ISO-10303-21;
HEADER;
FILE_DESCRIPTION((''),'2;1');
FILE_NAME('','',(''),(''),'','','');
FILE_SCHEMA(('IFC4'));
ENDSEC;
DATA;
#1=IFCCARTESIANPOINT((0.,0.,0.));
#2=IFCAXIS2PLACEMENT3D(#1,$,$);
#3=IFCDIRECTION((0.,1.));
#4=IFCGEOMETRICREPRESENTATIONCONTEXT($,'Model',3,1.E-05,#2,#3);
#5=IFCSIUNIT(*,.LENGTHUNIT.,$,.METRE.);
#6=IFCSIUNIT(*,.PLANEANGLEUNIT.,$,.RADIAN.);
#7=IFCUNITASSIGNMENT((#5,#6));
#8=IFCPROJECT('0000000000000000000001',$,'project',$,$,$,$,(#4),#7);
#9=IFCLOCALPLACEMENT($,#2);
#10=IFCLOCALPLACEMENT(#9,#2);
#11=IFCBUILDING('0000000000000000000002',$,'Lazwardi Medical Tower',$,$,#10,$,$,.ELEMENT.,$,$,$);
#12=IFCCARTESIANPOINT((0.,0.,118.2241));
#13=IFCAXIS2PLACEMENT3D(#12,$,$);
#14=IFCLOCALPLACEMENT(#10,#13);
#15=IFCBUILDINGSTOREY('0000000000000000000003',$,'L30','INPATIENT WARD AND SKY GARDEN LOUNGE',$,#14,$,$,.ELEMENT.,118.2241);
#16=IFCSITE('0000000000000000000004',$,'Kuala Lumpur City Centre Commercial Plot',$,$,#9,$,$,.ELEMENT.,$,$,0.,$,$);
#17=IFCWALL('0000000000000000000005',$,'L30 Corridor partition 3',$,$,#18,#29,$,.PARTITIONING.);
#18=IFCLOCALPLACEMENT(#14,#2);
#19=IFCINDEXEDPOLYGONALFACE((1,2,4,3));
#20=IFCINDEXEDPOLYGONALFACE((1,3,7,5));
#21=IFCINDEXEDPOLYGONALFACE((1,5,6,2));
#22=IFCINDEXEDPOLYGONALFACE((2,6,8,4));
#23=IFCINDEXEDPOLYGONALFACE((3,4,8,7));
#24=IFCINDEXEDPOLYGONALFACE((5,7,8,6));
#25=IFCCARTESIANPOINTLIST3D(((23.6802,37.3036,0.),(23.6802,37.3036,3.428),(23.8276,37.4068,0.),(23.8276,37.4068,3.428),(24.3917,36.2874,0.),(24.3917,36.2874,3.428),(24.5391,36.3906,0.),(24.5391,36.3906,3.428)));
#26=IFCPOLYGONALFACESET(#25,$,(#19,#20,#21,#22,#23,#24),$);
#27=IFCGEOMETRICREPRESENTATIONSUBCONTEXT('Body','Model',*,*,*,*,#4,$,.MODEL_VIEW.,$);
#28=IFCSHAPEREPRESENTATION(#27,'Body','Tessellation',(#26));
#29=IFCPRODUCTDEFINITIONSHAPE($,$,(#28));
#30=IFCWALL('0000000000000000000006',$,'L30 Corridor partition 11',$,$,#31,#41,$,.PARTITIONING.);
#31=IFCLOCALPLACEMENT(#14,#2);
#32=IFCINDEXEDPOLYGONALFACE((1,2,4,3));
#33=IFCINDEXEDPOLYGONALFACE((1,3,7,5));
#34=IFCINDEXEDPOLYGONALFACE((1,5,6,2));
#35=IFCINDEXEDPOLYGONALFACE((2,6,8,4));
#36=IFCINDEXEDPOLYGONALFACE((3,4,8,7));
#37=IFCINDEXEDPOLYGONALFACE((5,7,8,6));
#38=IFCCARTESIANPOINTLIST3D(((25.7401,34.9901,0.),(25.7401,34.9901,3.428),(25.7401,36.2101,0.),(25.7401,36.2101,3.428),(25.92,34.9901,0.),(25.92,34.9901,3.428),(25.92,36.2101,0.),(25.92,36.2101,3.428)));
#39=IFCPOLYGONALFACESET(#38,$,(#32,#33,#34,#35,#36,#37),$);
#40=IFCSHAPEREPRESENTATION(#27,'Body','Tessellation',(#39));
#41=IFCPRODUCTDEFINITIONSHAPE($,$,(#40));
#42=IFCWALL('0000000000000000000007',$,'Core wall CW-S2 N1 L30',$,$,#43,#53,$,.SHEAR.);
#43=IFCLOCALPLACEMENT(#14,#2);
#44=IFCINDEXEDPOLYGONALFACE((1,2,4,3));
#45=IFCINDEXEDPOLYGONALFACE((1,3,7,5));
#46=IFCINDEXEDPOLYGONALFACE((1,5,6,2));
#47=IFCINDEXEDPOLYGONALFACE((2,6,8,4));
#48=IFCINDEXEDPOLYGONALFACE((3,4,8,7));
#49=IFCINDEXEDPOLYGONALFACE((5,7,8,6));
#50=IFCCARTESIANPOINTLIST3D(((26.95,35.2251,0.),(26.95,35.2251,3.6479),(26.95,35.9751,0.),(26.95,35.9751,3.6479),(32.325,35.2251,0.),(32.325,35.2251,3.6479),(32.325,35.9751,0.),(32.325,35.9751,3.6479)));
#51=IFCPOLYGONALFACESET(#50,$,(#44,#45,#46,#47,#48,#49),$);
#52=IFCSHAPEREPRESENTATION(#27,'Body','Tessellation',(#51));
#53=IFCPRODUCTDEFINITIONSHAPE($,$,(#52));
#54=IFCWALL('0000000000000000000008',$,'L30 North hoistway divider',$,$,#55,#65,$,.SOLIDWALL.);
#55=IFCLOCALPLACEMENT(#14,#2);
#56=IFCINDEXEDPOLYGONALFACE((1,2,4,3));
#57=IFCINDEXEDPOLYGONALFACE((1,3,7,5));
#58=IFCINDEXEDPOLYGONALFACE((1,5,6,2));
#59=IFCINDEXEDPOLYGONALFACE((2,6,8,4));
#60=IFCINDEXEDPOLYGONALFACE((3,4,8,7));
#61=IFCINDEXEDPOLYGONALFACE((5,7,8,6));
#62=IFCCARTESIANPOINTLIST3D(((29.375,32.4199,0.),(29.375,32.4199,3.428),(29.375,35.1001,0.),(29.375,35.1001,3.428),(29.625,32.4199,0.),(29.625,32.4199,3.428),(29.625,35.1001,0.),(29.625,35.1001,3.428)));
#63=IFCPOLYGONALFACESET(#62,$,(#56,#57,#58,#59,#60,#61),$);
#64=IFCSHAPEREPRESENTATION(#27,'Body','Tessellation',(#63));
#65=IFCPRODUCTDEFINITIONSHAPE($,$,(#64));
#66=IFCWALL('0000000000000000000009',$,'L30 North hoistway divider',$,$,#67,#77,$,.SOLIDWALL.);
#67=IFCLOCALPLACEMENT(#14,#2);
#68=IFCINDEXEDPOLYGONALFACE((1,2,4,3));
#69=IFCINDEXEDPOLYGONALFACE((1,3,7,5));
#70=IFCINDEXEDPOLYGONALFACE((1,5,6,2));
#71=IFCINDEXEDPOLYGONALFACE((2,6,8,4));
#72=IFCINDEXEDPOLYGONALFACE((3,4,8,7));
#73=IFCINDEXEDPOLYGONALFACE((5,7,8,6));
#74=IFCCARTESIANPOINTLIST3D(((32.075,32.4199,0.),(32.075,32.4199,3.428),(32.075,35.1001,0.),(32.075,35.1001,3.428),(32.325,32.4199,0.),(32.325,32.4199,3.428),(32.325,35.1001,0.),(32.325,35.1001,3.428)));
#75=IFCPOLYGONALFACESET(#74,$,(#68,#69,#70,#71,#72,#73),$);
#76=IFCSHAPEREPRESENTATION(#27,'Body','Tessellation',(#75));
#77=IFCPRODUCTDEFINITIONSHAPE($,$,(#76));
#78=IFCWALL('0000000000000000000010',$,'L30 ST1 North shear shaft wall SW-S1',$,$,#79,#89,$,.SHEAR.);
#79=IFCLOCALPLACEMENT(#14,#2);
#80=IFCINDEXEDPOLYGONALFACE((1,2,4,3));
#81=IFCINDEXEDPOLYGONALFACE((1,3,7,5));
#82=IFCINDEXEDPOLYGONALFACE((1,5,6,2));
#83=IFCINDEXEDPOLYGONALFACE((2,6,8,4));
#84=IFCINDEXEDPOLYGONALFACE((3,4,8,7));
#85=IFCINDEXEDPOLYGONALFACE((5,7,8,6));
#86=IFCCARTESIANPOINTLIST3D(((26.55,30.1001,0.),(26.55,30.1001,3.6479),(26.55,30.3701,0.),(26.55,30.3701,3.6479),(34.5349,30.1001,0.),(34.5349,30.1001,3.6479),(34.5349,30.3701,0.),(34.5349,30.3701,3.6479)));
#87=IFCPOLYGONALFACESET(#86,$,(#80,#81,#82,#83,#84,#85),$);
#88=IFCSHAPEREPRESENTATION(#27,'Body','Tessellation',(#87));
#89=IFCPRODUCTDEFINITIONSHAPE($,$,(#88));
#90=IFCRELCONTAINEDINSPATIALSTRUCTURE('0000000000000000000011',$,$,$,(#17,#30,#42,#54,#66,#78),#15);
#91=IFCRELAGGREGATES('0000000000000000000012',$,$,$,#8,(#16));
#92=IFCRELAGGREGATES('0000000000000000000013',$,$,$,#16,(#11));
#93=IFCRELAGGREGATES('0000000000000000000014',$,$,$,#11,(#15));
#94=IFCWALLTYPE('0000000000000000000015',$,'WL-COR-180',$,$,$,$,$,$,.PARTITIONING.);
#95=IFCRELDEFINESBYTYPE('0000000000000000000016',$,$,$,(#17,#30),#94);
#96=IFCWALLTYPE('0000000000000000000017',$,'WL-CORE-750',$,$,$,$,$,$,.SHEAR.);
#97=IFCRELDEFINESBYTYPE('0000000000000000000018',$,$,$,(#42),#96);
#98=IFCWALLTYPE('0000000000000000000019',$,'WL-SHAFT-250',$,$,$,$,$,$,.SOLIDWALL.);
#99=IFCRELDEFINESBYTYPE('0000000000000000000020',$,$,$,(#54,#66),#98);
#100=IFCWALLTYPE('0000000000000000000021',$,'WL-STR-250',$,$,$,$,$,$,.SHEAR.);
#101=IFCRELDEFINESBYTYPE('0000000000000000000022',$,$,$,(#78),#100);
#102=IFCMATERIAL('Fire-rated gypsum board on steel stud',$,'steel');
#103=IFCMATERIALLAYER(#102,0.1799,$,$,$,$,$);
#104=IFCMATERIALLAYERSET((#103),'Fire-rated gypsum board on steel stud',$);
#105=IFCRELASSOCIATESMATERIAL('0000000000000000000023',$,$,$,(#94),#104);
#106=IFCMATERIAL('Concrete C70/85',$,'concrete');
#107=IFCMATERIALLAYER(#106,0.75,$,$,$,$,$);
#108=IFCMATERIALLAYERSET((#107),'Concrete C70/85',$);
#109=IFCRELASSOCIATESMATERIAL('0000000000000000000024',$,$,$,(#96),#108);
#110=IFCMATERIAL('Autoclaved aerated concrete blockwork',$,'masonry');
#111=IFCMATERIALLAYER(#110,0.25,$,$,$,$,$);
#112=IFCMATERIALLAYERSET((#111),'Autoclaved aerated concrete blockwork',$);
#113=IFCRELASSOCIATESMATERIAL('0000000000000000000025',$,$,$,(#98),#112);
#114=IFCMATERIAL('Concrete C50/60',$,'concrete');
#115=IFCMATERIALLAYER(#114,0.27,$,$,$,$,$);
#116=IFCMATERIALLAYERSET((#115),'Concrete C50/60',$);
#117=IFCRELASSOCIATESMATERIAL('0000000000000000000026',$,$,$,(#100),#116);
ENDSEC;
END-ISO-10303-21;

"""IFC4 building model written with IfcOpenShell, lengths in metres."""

from ifc_helpers import new_model, si_unit, direction, frame, frame_2d, origin, place, context, subcontext, project, spatial, rectangle, extrude, material, layer, layer_set, type_object, element, save


model = new_model("IFC4")

# Units and contexts
model_context = context("Model", 3, precision=1e-05, world=origin(), true_north=direction((0.0, 1.0)))
body_context = subcontext(model_context, "Body", "Model", "MODEL_VIEW")
ifc_project = project(units=[si_unit("LENGTHUNIT", "METRE"), si_unit("PLANEANGLEUNIT", "RADIAN")], contexts=[model_context])

# Site, building, storey
site_placement = place(None, origin())
site = spatial("IfcSite", under=ifc_project, at=site_placement, Name="Kuala Lumpur City Centre Commercial Plot", CompositionType="ELEMENT", RefElevation=0.0)
building_placement = place(site_placement, origin())
building = spatial("IfcBuilding", under=site, at=building_placement, Name="Lazwardi Medical Tower", CompositionType="ELEMENT")
storey_placement = place(building_placement, frame((0.0, 0.0, 118.2241)))
storey = spatial("IfcBuildingStorey", under=building, at=storey_placement, Name="L30", Description="INPATIENT WARD AND SKY GARDEN LOUNGE", CompositionType="ELEMENT", Elevation=118.2241)

# Shared definitions
ifc_material_1 = material(Name="Concrete C70/85", Category="concrete")

# Walls
ifc_material_2 = material(Name="Fire-rated gypsum board on steel stud", Category="steel")
ifc_layer_1 = layer(ifc_material_2, 0.1799)
ifc_layer_set_1 = layer_set([ifc_layer_1], Name="Fire-rated gypsum board on steel stud")
wall_type_1 = type_object("IfcWallType", Name="WL-COR-180", PredefinedType="PARTITIONING", material=ifc_layer_set_1)
wall_1_placement = place(storey_placement, frame((24.4653, 36.3391, 0.0), z_axis=(0.0, 0.0, 1.0), x_axis=(-0.573542, 0.819176, 0.0)))
element("IfcWall", 1, at=wall_1_placement, inside=storey, type_object=wall_type_1, Name="L30 Corridor partition 3", PredefinedType="PARTITIONING", context=body_context, shape_type="SweptSolid", body=[
    extrude(rectangle(XDim=1.2405, YDim=0.1799, at=frame_2d((0.6201, 0.0))), origin(), (0.0, 0.0, 1.0), 3.428),
])
wall_2_placement = place(storey_placement, frame((25.8301, 36.21, 0.0), z_axis=(0.0, 0.0, 1.0), x_axis=(0.0, -1.0, 0.0)))
element("IfcWall", 2, at=wall_2_placement, inside=storey, type_object=wall_type_1, Name="L30 Corridor partition 11", PredefinedType="PARTITIONING", context=body_context, shape_type="SweptSolid", body=[
    extrude(rectangle(XDim=1.22, YDim=0.1799, at=frame_2d((0.6099, 0.0))), origin(), (0.0, 0.0, 1.0), 3.428),
])
ifc_layer_2 = layer(ifc_material_1, 0.75)
ifc_layer_set_2 = layer_set([ifc_layer_2], Name="Concrete C70/85")
wall_type_2 = type_object("IfcWallType", Name="WL-CORE-750", PredefinedType="SHEAR", material=ifc_layer_set_2)
wall_3_placement = place(storey_placement, frame((26.95, 35.6001, 0.0), z_axis=(0.0, 0.0, 1.0), x_axis=(1.0, 0.0, 0.0)))
element("IfcWall", 3, at=wall_3_placement, inside=storey, type_object=wall_type_2, Name="Core wall CW-S2 N1 L30", PredefinedType="SHEAR", context=body_context, shape_type="SweptSolid", body=[
    extrude(rectangle(XDim=5.375, YDim=0.75, at=frame_2d((2.6875, 0.0))), origin(), (0.0, 0.0, 1.0), 3.6479),
])
ifc_material_3 = material(Name="Autoclaved aerated concrete blockwork", Category="masonry")
ifc_layer_3 = layer(ifc_material_3, 0.25)
ifc_layer_set_3 = layer_set([ifc_layer_3], Name="Autoclaved aerated concrete blockwork")
wall_type_3 = type_object("IfcWallType", Name="WL-SHAFT-250", PredefinedType="SOLIDWALL", material=ifc_layer_set_3)
for number, where, z_axis, x_axis, name in (
    (4, (29.5, 32.4199, 0.0), (0.0, 0.0, 1.0), (0.0, 1.0, 0.0), "L30 North hoistway divider"),
    (5, (32.2, 32.4199, 0.0), (0.0, 0.0, 1.0), (0.0, 1.0, 0.0), "L30 North hoistway divider"),
):
    element("IfcWall", number, at=place(storey_placement, frame(where, z_axis=z_axis, x_axis=x_axis)), inside=storey, type_object=wall_type_3, Name=name, PredefinedType="SOLIDWALL", context=body_context, shape_type="SweptSolid", body=[
        extrude(rectangle(XDim=2.6802, YDim=0.25, at=frame_2d((1.3401, 0.0))), origin(), (0.0, 0.0, 1.0), 3.428),
    ])
ifc_material_4 = material(Name="Concrete C50/60", Category="concrete")
ifc_layer_4 = layer(ifc_material_4, 0.27)
ifc_layer_set_4 = layer_set([ifc_layer_4], Name="Concrete C50/60")
wall_type_4 = type_object("IfcWallType", Name="WL-STR-250", PredefinedType="SHEAR", material=ifc_layer_set_4)
wall_4_placement = place(storey_placement, frame((26.55, 30.2351, 0.0), z_axis=(0.0, 0.0, 1.0), x_axis=(1.0, 0.0, 0.0)))
element("IfcWall", 6, at=wall_4_placement, inside=storey, type_object=wall_type_4, Name="L30 ST1 North shear shaft wall SW-S1", PredefinedType="SHEAR", context=body_context, shape_type="SweptSolid", body=[
    extrude(rectangle(XDim=7.9849, YDim=0.27, at=frame_2d((3.9924, 0.0))), origin(), (0.0, 0.0, 1.0), 3.6479),
])

save(model, "model.ifc")
